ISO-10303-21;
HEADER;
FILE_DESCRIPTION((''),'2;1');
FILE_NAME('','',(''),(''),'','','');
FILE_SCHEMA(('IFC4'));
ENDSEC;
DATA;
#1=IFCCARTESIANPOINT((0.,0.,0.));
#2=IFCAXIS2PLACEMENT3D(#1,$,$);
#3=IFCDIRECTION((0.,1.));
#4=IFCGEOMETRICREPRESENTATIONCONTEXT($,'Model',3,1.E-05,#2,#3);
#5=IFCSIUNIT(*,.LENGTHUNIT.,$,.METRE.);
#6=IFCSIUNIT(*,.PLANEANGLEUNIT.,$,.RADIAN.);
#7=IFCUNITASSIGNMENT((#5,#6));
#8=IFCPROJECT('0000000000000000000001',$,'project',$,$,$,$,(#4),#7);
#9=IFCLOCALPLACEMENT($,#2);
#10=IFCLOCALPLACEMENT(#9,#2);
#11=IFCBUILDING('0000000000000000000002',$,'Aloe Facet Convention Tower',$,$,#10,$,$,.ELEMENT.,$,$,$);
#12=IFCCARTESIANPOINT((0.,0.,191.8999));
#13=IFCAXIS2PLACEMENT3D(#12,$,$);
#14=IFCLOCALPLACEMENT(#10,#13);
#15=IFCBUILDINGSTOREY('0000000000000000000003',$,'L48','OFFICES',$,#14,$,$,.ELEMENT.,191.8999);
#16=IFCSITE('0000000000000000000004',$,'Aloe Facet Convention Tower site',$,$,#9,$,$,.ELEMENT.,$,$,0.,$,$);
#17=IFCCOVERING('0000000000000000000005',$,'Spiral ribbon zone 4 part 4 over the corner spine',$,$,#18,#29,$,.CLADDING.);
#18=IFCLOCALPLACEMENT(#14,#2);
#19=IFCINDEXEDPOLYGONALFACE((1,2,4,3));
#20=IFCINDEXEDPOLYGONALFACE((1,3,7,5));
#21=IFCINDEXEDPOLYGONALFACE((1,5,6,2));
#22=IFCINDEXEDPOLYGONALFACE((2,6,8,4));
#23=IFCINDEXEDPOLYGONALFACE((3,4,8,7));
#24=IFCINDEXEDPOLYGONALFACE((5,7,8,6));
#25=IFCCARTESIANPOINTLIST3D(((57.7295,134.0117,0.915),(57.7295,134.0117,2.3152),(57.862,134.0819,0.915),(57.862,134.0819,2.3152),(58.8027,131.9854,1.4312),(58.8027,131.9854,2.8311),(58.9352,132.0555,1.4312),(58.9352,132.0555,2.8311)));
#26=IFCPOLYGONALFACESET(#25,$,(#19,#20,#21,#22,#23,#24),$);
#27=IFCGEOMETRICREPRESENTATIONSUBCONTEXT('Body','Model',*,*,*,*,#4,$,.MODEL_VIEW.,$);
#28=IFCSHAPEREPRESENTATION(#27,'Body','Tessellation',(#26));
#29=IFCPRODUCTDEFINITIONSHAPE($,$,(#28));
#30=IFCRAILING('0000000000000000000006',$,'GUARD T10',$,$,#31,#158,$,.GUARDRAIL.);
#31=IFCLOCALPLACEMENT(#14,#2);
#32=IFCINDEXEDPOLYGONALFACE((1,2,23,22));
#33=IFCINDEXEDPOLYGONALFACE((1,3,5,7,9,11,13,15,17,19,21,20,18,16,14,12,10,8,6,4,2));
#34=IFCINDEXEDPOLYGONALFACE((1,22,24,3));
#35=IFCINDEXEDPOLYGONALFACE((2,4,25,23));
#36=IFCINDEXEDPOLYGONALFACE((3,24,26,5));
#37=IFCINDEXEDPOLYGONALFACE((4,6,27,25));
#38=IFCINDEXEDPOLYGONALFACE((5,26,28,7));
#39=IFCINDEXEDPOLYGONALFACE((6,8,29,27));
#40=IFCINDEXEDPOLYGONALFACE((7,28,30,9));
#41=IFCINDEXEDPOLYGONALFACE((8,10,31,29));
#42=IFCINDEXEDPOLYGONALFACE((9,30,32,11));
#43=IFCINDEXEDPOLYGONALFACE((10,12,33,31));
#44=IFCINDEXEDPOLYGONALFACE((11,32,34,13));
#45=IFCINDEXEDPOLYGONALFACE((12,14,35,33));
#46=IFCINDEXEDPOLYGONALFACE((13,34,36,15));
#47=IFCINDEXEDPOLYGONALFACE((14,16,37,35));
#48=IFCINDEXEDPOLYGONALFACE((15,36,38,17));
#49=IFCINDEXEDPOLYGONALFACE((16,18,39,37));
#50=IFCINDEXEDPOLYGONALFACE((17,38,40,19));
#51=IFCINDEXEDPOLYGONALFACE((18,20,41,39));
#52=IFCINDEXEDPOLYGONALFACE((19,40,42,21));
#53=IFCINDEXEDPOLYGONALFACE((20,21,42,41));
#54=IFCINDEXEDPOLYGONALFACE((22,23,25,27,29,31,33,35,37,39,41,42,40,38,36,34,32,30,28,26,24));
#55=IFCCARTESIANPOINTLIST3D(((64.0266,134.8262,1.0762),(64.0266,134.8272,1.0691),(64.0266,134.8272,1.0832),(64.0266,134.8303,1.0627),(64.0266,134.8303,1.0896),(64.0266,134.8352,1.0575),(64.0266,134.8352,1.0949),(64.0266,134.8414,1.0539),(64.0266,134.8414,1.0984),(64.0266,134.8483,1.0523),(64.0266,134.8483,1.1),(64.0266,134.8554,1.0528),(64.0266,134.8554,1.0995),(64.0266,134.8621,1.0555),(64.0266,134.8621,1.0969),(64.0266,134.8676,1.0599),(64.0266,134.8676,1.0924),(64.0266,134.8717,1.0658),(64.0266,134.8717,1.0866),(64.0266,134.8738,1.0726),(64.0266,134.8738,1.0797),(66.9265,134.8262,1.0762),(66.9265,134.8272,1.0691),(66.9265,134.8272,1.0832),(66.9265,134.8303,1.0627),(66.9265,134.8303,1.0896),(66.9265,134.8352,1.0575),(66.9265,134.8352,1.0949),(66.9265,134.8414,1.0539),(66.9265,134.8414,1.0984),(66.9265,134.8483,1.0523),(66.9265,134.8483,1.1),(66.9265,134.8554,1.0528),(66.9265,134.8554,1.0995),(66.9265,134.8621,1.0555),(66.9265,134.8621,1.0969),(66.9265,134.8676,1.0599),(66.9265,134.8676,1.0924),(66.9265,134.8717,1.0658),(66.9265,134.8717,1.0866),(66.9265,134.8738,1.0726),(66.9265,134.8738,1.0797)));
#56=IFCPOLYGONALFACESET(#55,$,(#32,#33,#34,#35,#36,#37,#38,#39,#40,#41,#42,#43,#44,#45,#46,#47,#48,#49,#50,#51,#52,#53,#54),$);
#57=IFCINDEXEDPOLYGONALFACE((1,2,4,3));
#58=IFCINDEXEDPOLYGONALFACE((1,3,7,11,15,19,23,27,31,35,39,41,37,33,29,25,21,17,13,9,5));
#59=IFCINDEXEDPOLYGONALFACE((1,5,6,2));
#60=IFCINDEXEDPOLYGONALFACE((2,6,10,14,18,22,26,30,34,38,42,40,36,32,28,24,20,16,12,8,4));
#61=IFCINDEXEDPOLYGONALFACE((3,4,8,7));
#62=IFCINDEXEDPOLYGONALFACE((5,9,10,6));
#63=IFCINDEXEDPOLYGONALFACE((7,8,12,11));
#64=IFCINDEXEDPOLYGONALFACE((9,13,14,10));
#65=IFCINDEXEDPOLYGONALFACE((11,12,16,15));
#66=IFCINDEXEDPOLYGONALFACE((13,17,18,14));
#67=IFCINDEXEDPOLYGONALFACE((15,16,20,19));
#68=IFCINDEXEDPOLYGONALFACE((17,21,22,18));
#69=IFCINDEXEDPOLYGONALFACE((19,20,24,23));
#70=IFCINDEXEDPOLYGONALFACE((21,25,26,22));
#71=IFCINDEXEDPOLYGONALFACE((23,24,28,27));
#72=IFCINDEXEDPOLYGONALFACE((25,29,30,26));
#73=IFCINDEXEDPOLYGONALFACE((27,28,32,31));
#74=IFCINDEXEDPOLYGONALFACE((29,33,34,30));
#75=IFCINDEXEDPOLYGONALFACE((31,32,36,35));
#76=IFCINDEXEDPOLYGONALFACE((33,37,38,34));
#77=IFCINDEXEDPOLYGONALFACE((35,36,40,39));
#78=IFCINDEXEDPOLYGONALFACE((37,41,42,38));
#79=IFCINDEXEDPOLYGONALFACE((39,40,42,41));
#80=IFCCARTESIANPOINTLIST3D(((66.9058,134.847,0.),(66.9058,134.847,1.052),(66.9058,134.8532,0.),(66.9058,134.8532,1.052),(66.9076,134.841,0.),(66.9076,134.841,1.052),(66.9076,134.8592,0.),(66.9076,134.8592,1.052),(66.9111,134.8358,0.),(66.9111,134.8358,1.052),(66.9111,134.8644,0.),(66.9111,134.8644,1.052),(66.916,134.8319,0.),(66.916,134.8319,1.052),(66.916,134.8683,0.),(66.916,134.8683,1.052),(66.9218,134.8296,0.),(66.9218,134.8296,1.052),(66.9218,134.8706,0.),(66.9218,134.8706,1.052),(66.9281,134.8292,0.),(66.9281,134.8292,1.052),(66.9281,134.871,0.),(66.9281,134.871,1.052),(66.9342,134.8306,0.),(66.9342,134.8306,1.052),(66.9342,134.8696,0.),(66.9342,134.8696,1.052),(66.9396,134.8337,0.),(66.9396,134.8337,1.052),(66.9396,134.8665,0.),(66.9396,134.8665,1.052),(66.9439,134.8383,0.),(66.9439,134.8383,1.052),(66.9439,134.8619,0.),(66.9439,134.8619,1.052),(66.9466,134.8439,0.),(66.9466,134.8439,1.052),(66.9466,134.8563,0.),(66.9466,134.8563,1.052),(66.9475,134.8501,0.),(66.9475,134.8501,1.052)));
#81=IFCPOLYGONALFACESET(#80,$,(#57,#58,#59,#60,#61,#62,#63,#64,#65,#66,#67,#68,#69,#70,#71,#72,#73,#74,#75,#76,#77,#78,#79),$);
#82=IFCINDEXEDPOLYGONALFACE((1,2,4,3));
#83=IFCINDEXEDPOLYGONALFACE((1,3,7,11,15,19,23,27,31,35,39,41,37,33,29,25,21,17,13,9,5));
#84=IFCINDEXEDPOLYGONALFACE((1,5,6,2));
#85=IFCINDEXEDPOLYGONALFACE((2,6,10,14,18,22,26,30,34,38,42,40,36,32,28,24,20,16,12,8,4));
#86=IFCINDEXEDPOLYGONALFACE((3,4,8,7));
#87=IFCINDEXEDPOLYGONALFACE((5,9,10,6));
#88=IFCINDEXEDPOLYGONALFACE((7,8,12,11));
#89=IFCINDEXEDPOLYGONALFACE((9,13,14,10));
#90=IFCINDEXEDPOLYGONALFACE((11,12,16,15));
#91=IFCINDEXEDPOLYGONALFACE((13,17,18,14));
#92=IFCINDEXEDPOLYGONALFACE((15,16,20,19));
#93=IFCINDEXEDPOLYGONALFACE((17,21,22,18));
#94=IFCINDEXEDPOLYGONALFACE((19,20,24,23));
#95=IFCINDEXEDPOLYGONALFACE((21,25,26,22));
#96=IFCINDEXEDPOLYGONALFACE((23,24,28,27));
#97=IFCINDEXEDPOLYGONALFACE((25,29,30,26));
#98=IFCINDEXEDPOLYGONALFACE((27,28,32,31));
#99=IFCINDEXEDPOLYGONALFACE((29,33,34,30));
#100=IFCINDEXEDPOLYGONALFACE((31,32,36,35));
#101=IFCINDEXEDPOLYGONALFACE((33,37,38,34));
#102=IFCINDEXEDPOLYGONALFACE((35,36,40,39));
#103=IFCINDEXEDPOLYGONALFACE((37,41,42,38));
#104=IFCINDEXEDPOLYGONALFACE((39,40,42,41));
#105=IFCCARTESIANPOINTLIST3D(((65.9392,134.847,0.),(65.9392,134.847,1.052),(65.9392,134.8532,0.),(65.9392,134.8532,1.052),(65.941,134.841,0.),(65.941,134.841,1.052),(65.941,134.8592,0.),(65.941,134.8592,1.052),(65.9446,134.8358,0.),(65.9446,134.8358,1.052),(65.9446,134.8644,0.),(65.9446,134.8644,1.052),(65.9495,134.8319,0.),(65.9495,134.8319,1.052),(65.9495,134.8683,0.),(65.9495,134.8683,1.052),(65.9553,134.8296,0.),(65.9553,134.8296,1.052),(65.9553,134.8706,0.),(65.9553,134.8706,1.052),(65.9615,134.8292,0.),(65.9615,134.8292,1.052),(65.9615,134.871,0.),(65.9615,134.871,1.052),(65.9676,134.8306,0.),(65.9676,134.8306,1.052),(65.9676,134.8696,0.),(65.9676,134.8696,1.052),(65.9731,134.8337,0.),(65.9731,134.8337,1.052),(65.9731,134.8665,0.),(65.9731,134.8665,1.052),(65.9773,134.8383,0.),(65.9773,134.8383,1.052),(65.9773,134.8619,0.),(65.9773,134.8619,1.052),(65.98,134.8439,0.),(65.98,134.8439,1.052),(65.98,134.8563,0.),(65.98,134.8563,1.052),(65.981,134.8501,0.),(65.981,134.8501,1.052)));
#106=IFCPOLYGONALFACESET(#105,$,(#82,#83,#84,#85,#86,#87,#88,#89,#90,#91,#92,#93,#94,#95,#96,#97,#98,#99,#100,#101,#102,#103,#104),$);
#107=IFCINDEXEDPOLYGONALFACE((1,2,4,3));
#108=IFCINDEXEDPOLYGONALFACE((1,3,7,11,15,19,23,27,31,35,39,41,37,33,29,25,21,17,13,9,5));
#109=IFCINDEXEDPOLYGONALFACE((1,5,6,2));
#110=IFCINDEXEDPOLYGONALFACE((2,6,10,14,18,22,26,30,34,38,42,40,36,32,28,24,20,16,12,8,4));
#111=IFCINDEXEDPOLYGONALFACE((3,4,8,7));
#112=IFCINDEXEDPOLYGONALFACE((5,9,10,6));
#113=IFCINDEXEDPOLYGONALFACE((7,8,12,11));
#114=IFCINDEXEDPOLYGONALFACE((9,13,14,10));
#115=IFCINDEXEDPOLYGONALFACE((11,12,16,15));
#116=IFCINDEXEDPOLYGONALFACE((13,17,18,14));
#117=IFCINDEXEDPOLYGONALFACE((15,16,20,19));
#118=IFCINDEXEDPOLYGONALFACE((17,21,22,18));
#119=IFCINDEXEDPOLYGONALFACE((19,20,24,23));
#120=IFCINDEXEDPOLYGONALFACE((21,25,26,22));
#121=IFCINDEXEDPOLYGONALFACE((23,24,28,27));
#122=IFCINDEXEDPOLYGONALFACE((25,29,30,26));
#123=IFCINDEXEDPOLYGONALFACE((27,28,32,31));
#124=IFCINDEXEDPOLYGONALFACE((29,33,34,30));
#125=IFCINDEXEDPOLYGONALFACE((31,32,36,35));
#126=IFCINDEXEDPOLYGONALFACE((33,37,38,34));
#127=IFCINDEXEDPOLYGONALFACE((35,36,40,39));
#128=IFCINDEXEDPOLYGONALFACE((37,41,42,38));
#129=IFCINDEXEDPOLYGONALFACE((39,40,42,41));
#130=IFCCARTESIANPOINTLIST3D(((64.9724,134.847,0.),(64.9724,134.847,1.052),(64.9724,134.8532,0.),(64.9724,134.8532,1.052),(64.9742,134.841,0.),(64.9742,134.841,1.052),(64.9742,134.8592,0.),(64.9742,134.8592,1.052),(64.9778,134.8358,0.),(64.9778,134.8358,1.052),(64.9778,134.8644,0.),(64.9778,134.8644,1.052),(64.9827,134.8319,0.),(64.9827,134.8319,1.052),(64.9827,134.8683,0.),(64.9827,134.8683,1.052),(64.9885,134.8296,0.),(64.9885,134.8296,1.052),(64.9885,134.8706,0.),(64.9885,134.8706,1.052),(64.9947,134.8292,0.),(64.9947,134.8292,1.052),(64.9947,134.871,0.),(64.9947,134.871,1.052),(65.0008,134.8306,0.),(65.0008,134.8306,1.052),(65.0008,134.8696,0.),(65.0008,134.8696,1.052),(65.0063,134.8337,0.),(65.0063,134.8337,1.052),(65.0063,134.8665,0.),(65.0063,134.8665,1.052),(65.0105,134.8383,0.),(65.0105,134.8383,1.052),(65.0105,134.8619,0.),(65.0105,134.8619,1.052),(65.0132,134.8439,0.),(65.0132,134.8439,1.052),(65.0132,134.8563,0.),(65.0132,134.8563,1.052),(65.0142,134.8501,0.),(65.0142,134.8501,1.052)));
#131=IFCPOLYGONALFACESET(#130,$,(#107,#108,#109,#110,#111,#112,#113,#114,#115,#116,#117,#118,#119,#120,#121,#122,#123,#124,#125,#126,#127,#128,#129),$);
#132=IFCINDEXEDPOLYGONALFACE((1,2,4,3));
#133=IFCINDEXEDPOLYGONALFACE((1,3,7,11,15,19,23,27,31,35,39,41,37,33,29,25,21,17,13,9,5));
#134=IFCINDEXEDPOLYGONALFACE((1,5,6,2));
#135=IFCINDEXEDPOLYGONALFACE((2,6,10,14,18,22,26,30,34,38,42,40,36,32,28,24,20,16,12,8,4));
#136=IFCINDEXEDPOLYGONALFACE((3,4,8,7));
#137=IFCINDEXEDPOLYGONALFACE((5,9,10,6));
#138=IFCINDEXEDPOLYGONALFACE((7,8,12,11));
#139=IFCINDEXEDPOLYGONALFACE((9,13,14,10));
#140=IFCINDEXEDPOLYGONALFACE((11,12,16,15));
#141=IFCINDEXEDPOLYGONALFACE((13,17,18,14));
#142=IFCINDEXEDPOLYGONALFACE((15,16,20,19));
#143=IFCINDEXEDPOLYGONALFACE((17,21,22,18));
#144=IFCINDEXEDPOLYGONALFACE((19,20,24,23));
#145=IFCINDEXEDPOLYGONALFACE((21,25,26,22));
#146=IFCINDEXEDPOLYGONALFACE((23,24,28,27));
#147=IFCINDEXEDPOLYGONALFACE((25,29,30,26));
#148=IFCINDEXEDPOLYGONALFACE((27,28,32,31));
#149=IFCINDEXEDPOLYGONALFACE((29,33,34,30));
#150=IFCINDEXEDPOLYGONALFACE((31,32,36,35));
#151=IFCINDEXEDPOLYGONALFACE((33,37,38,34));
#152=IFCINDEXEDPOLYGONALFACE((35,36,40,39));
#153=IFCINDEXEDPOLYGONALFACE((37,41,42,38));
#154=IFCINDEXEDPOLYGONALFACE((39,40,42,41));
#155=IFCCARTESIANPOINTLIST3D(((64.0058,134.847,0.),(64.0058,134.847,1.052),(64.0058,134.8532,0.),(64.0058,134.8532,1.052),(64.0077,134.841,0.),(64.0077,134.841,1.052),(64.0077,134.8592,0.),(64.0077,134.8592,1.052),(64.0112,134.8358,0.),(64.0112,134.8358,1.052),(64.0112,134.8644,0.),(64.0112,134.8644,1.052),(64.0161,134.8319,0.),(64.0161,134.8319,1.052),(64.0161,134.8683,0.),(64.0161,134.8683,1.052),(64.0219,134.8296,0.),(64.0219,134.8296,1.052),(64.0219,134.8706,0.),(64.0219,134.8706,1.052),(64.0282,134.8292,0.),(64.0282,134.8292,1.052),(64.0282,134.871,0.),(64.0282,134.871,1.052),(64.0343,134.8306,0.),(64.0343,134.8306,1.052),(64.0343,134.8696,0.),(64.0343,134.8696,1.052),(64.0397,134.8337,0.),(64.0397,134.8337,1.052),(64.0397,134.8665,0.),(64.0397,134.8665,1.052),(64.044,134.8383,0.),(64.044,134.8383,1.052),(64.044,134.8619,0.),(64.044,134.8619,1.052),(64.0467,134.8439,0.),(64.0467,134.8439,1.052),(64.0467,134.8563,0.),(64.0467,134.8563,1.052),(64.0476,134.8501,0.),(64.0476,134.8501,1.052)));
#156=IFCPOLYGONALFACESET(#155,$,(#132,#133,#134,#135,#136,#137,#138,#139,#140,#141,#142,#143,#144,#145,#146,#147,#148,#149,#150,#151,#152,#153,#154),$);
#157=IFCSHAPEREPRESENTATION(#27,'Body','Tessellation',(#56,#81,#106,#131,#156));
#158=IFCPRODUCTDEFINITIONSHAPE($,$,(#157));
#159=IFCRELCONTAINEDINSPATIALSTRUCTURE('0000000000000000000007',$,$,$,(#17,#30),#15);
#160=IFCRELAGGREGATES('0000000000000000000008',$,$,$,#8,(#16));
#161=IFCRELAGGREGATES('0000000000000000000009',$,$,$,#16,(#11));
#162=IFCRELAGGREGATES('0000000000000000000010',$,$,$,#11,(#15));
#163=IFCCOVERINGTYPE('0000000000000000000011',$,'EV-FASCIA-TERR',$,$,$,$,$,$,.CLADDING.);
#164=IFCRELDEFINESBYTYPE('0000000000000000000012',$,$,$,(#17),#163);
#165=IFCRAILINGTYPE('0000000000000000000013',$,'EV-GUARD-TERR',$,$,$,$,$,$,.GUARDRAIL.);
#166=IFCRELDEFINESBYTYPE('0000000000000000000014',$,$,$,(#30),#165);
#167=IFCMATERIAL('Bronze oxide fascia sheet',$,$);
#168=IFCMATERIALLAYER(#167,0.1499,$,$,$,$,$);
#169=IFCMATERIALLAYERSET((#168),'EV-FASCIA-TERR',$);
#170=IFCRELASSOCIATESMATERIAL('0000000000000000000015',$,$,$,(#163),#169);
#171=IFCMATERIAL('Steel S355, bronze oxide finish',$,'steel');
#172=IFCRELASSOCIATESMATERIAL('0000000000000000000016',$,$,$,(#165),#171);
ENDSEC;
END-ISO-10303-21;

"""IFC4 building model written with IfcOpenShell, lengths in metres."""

from ifc_helpers import new_model, si_unit, direction, frame, origin, origin_2d, place, context, subcontext, project, spatial, polyline, circle, outline, extrude, material, layer, layer_set, type_object, element, save


model = new_model("IFC4")

# Units and contexts
model_context = context("Model", 3, precision=1e-05, world=origin(), true_north=direction((0.0, 1.0)))
body_context = subcontext(model_context, "Body", "Model", "MODEL_VIEW")
ifc_project = project(units=[si_unit("LENGTHUNIT", "METRE"), si_unit("PLANEANGLEUNIT", "RADIAN")], contexts=[model_context])

# Site, building, storey
site_placement = place(None, origin())
site = spatial("IfcSite", under=ifc_project, at=site_placement, Name="Aloe Facet Convention Tower site", CompositionType="ELEMENT", RefElevation=0.0)
building_placement = place(site_placement, origin())
building = spatial("IfcBuilding", under=site, at=building_placement, Name="Aloe Facet Convention Tower", CompositionType="ELEMENT")
storey_placement = place(building_placement, frame((0.0, 0.0, 191.8999)))
storey = spatial("IfcBuildingStorey", under=building, at=storey_placement, Name="L48", Description="OFFICES", CompositionType="ELEMENT", Elevation=191.8999)

# Covering
ifc_material_1 = material(Name="Bronze oxide fascia sheet")
ifc_layer_1 = layer(ifc_material_1, 0.1499)
ifc_layer_set_1 = layer_set([ifc_layer_1], Name="EV-FASCIA-TERR")
covering_type = type_object("IfcCoveringType", Name="EV-FASCIA-TERR", PredefinedType="CLADDING", material=ifc_layer_set_1)
covering_1_placement = place(storey_placement, frame((57.7295, 134.0117, 0.915), z_axis=(-0.883705, -0.468044, 0.0), x_axis=(0.456621, -0.862137, 0.219585)))
element("IfcCovering", 1, at=covering_1_placement, inside=storey, type_object=covering_type, Name="Spiral ribbon zone 4 part 4 over the corner spine", PredefinedType="CLADDING", context=body_context, shape_type="SweptSolid", body=[
    extrude(outline(polyline([(0.0, 0.0), (2.3504, 0.0), (2.6578, 1.3657), (0.3075, 1.366), (0.0, 0.0)])), origin(), (0.0, 0.0, -1.0), 0.1499),
])

# Railing
ifc_material_2 = material(Name="Steel S355, bronze oxide finish", Category="steel")
railing_type = type_object("IfcRailingType", Name="EV-GUARD-TERR", PredefinedType="GUARDRAIL", material=ifc_material_2)
railing_placement = place(storey_placement, frame((66.9265, 134.8501, 0.0)))
element("IfcRailing", 2, at=railing_placement, inside=storey, type_object=railing_type, Name="GUARD T10", PredefinedType="GUARDRAIL", context=body_context, shape_type="SweptSolid", body=[
    extrude(circle(Radius=0.0239, at=origin_2d()), frame((0.0, 0.0, 1.0762), z_axis=(-1.0, 0.0, 0.0), x_axis=(0.0, -1.0, 0.0)), (0.0, 0.0, 1.0), 2.8999),
    extrude(circle(Radius=0.021, at=origin_2d()), origin(), (0.0, 0.0, 1.0), 1.052),
    extrude(circle(Radius=0.021, at=origin_2d()), frame((-0.9666, 0.0, 0.0)), (0.0, 0.0, 1.0), 1.052),
    extrude(circle(Radius=0.021, at=origin_2d()), frame((-1.9333, 0.0, 0.0)), (0.0, 0.0, 1.0), 1.052),
    extrude(circle(Radius=0.021, at=origin_2d()), frame((-2.8999, 0.0, 0.0)), (0.0, 0.0, 1.0), 1.052),
])

save(model, "model.ifc")
